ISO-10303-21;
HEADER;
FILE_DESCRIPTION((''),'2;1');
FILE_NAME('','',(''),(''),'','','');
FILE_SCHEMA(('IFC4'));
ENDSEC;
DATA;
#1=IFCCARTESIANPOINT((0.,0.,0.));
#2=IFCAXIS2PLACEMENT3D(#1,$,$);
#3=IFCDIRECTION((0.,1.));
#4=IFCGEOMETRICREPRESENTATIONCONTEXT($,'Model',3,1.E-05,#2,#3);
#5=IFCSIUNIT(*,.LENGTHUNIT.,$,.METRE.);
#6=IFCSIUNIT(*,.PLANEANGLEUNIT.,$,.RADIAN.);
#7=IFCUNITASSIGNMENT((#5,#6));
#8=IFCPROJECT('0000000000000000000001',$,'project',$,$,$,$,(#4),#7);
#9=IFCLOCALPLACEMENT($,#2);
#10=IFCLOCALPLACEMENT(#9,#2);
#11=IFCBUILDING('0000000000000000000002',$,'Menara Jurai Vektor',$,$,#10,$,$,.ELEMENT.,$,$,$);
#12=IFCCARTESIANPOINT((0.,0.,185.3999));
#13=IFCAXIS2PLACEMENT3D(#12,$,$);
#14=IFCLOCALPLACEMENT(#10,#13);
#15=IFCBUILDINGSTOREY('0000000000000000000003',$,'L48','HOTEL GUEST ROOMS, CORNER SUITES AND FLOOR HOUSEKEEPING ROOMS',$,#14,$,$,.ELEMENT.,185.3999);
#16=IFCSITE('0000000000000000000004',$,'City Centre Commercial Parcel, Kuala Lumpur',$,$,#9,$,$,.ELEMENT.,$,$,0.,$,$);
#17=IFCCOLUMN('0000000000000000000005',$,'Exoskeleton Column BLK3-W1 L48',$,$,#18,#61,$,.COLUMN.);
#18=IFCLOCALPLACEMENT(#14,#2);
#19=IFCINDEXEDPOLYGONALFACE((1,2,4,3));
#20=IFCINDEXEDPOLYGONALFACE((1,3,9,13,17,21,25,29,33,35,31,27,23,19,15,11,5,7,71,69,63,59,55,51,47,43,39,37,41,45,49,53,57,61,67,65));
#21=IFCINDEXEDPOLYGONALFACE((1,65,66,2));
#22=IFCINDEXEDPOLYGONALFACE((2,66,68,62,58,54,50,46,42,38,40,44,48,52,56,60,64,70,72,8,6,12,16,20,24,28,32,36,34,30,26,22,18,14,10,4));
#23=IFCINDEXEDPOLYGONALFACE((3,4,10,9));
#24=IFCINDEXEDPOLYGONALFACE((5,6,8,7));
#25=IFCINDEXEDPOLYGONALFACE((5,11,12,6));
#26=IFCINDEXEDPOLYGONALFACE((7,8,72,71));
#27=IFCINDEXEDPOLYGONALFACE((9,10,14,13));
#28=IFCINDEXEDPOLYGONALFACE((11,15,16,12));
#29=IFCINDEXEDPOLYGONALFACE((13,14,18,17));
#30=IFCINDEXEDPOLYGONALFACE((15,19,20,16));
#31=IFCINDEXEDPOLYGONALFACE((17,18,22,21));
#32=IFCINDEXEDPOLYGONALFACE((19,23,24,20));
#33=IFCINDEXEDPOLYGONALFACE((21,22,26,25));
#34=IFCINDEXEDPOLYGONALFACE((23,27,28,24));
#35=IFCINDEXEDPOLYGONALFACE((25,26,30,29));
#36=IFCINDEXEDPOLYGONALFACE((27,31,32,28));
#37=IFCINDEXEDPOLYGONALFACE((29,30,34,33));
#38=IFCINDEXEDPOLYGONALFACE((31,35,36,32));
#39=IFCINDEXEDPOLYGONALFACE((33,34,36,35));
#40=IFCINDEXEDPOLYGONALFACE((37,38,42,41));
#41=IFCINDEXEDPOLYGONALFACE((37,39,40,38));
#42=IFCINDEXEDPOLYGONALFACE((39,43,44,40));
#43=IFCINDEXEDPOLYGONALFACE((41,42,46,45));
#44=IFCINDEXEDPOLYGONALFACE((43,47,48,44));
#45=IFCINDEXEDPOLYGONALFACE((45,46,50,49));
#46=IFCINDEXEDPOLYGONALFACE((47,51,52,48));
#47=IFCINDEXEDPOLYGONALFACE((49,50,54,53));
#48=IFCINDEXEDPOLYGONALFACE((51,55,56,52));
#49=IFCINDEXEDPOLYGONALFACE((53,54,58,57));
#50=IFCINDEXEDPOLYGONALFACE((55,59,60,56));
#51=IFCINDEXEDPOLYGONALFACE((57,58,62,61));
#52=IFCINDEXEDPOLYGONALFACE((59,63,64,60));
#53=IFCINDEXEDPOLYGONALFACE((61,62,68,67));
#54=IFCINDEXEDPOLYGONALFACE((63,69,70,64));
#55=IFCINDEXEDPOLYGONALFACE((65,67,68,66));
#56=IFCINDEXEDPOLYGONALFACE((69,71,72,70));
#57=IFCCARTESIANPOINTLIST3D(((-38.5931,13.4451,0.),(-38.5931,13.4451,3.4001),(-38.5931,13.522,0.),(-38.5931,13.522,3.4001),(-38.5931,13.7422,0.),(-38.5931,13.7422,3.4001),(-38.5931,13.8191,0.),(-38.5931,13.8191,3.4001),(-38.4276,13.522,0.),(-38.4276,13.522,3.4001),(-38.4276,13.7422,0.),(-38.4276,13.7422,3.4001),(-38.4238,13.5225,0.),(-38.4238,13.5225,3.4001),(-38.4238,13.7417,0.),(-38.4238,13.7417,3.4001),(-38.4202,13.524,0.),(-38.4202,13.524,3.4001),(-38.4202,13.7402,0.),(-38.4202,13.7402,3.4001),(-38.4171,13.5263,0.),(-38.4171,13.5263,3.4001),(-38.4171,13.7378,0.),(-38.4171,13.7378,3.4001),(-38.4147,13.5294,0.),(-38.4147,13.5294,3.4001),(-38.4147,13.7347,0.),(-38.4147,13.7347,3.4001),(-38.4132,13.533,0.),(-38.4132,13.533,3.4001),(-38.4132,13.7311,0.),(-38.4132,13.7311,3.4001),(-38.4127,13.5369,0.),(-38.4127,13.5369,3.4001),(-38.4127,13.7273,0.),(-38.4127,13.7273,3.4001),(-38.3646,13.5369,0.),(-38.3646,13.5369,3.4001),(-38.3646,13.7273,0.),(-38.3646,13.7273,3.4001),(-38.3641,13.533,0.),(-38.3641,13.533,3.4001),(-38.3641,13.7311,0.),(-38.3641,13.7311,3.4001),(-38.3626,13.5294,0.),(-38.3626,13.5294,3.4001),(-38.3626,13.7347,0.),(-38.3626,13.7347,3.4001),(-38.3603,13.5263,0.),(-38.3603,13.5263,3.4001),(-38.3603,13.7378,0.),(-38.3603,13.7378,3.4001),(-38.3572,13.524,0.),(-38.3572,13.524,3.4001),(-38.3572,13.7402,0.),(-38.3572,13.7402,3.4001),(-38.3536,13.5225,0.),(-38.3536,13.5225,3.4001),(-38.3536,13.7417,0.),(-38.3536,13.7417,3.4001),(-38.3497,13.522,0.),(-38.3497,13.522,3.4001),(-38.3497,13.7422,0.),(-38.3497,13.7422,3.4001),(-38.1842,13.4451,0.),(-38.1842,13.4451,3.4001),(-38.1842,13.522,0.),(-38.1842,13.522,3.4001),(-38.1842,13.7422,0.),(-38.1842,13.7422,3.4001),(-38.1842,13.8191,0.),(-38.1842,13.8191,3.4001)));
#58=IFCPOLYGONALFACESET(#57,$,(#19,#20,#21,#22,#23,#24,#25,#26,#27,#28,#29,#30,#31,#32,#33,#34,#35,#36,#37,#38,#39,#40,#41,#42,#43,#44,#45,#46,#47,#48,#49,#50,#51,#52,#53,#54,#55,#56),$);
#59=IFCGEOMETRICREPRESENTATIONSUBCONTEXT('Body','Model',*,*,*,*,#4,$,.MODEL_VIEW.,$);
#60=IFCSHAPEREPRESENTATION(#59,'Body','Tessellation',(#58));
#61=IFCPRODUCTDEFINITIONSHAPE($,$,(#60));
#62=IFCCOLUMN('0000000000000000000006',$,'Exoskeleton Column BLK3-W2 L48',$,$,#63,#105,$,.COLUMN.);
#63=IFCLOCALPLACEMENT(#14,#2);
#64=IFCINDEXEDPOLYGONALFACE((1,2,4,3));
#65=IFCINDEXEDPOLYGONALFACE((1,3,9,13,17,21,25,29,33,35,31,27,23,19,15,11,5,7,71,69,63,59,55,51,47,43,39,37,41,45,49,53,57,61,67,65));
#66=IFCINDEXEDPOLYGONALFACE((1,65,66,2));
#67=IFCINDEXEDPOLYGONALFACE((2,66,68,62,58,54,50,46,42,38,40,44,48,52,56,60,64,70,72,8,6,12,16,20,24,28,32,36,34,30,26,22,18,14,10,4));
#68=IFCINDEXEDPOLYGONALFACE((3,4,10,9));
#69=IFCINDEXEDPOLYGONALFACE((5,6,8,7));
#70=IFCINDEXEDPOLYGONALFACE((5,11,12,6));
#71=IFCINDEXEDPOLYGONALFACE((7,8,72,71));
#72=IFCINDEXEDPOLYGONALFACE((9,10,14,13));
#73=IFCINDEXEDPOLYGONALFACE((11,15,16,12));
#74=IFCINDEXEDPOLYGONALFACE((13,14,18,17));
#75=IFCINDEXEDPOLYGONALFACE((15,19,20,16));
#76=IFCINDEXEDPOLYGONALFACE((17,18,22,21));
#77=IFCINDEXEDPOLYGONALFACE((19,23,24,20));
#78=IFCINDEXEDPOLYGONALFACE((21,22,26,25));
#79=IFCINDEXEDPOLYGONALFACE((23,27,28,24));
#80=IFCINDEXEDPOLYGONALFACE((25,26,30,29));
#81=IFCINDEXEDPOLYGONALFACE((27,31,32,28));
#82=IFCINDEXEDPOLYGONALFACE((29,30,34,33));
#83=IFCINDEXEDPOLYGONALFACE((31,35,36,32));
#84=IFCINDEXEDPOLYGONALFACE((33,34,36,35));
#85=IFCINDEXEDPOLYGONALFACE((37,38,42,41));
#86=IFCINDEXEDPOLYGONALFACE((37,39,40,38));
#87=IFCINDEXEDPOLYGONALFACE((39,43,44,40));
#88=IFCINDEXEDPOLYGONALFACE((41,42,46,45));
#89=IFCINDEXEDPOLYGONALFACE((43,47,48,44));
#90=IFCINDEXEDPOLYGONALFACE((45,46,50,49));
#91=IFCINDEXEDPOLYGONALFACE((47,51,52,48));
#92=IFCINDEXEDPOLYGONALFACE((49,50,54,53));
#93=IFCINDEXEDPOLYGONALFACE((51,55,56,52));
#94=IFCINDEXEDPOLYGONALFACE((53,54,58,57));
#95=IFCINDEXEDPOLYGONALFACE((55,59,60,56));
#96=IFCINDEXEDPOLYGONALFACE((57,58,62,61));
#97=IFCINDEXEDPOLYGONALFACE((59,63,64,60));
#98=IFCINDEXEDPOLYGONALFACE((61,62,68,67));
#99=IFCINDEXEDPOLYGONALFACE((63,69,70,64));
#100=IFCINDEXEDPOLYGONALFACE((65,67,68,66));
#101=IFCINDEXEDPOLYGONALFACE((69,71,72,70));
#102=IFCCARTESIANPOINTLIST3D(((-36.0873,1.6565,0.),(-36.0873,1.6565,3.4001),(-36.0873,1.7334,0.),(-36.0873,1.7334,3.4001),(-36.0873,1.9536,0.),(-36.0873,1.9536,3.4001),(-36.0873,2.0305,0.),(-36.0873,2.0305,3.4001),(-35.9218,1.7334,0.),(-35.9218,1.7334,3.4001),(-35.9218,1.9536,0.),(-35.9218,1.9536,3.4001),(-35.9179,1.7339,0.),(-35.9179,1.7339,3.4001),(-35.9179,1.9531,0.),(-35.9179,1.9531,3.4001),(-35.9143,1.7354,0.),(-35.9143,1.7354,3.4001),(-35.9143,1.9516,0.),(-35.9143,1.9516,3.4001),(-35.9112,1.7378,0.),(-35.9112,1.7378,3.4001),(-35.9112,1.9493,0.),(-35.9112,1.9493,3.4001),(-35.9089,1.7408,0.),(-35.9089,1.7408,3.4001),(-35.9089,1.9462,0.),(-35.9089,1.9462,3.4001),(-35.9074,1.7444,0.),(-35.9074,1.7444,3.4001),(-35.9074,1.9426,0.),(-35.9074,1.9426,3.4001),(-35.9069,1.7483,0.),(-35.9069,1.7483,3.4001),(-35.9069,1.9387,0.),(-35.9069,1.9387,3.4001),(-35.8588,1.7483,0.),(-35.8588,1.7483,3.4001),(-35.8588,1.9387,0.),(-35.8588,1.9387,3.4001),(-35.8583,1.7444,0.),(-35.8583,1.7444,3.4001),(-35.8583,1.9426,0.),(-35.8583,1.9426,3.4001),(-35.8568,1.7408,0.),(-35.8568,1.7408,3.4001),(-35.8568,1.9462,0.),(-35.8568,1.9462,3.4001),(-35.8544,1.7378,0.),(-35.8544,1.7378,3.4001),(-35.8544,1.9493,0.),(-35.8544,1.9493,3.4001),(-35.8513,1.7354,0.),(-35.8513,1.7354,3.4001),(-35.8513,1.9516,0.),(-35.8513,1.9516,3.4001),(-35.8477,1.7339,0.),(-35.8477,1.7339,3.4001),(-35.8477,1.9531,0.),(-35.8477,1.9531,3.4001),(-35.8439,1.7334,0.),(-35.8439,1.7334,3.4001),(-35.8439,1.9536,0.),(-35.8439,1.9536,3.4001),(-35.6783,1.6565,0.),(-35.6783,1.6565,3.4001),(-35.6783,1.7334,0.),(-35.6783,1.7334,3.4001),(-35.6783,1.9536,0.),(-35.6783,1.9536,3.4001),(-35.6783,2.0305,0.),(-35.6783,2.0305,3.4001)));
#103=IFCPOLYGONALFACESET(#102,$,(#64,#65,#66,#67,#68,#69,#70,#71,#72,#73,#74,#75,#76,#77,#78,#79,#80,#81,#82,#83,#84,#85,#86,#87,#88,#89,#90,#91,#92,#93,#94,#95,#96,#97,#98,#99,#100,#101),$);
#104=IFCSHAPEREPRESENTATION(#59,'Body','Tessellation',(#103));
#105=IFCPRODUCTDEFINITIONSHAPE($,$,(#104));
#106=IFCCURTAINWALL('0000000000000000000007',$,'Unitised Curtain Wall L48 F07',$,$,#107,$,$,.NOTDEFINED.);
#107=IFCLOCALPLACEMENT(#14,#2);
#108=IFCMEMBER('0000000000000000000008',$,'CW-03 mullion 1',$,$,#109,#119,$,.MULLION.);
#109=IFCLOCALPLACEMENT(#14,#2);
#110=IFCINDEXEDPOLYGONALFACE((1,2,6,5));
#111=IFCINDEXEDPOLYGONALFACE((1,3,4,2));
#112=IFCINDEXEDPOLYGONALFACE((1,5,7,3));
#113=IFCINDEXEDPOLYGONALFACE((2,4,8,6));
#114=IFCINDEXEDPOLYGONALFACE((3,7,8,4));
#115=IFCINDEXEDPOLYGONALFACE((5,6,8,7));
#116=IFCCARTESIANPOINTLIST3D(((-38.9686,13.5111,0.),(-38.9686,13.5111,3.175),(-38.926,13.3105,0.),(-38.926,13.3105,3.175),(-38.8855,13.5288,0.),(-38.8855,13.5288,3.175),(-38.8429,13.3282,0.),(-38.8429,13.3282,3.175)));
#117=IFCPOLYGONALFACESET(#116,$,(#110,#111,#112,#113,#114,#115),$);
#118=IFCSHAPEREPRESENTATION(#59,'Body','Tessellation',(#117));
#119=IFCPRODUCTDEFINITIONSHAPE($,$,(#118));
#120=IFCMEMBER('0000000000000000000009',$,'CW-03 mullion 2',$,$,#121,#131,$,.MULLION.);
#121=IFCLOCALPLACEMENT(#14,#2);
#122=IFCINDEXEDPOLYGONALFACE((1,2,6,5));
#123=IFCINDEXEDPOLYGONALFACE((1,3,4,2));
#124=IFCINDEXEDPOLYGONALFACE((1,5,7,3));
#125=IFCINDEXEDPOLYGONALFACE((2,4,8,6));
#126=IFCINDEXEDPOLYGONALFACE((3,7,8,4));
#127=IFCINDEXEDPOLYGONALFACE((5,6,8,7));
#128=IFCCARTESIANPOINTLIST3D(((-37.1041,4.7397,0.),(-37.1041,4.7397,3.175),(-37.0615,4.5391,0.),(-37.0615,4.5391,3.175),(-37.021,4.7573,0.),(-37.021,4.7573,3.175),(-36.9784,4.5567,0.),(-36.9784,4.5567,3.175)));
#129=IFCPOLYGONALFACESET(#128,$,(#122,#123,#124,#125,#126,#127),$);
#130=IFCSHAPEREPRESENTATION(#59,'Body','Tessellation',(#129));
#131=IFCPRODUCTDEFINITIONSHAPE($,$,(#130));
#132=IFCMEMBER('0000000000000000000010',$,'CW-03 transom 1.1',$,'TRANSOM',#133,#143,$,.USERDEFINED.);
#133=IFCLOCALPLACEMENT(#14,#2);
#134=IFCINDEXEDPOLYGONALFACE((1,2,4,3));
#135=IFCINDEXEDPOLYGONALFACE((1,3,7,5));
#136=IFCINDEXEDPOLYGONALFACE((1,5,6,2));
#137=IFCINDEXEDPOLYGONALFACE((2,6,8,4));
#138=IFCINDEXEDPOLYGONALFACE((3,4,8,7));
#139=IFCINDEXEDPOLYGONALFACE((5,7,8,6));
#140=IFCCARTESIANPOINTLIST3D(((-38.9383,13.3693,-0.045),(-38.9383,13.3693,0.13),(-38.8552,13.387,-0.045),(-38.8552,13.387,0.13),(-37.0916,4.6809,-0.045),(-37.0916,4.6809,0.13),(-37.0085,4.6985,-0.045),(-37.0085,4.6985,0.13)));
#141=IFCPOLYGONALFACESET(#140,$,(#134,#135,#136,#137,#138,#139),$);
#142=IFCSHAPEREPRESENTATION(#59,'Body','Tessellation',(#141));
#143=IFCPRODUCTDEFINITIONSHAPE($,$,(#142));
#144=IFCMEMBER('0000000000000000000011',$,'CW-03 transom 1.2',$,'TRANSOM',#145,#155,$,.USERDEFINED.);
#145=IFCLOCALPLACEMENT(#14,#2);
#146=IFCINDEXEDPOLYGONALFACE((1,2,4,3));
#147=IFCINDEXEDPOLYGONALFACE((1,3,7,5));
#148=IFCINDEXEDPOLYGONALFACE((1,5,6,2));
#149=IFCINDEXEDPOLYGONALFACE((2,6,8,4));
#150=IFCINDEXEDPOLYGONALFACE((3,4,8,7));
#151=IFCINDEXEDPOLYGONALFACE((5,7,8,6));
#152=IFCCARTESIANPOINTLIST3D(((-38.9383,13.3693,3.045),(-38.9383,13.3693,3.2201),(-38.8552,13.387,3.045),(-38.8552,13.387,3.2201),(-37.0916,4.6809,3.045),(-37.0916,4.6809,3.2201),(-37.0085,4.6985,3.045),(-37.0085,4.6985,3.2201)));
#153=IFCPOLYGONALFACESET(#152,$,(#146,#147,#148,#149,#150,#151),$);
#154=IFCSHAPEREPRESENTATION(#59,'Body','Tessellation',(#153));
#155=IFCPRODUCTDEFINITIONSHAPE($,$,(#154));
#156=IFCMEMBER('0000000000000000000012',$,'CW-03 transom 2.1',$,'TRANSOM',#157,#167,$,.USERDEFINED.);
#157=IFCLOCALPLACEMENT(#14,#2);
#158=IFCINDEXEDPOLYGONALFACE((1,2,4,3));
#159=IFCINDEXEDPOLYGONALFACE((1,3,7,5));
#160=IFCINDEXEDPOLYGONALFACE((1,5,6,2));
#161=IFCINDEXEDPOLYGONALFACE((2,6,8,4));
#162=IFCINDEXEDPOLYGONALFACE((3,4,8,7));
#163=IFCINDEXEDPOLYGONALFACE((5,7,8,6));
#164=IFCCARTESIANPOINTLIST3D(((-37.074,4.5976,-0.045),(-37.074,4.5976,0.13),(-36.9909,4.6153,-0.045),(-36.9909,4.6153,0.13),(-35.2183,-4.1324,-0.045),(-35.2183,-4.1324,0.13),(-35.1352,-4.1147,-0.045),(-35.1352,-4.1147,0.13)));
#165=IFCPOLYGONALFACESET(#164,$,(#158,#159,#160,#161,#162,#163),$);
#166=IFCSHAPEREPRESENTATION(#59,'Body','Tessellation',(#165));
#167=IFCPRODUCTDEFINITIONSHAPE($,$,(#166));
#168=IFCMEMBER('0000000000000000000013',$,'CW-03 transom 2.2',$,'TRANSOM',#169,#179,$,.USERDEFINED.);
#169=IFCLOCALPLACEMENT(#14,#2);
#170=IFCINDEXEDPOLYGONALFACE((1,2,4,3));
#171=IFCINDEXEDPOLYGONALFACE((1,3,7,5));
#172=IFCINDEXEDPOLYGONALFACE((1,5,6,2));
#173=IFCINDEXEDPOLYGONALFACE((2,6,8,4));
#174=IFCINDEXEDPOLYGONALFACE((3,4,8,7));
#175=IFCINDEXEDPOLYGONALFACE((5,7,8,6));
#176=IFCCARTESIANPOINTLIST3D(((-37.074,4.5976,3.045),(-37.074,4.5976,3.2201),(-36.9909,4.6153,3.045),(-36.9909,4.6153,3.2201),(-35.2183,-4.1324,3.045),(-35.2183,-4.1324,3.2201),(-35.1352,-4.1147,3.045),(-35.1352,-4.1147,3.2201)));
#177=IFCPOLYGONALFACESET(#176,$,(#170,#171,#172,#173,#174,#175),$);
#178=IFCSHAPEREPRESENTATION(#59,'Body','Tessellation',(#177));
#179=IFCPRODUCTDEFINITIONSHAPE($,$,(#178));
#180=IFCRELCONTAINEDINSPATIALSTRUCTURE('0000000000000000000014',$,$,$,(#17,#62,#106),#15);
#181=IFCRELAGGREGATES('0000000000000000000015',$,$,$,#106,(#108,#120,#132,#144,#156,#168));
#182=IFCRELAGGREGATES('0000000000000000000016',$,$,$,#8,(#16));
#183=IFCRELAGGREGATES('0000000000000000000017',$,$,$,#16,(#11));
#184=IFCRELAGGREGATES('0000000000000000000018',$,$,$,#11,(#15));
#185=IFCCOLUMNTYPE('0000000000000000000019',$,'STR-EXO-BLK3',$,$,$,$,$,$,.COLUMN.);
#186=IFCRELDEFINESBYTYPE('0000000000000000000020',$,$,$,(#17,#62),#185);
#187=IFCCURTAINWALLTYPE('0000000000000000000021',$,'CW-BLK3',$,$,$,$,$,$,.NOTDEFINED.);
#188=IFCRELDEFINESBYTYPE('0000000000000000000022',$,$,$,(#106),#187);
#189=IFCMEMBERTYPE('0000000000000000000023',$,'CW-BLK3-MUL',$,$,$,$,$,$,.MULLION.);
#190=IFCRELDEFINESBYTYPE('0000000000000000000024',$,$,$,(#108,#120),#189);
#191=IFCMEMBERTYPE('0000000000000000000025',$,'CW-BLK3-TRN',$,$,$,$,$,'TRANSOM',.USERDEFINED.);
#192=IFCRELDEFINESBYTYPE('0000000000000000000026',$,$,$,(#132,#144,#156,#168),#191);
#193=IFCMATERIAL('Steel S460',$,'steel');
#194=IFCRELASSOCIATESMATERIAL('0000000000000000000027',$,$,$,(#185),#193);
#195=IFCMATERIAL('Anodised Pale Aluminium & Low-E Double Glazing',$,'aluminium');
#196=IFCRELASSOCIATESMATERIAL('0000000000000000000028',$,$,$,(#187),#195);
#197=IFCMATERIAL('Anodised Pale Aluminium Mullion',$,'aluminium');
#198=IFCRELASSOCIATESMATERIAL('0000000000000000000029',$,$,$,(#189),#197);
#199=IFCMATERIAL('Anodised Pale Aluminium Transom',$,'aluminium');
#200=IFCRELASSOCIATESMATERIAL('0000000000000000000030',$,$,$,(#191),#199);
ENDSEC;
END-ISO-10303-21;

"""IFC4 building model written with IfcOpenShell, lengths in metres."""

from ifc_helpers import new_model, si_unit, direction, frame, origin, origin_2d, place, context, subcontext, project, spatial, rectangle, i_section, extrude, material, material_profile, profile_set, type_object, element, aggregate, save


model = new_model("IFC4")

# Units and contexts
model_context = context("Model", 3, precision=1e-05, world=origin(), true_north=direction((0.0, 1.0)))
body_context = subcontext(model_context, "Body", "Model", "MODEL_VIEW")
ifc_project = project(units=[si_unit("LENGTHUNIT", "METRE"), si_unit("PLANEANGLEUNIT", "RADIAN")], contexts=[model_context])

# Site, building, storey
site_placement = place(None, origin())
site = spatial("IfcSite", under=ifc_project, at=site_placement, Name="City Centre Commercial Parcel, Kuala Lumpur", CompositionType="ELEMENT", RefElevation=0.0)
building_placement = place(site_placement, origin())
building = spatial("IfcBuilding", under=site, at=building_placement, Name="Menara Jurai Vektor", CompositionType="ELEMENT")
storey_placement = place(building_placement, frame((0.0, 0.0, 185.3999)))
storey = spatial("IfcBuildingStorey", under=building, at=storey_placement, Name="L48", Description="HOTEL GUEST ROOMS, CORNER SUITES AND FLOOR HOUSEKEEPING ROOMS", CompositionType="ELEMENT", Elevation=185.3999)

# Columns
ifc_material_1 = material(Name="Steel S460", Category="steel")
ifc_material_profile_1 = material_profile(ifc_material_1, i_section(OverallWidth=0.4089, OverallDepth=0.374, WebThickness=0.0481, FlangeThickness=0.0769, FilletRadius=0.0149, at=origin_2d()), Name="HD 400x634")
ifc_profile_set_1 = profile_set([ifc_material_profile_1], Name="Steel S460")
column_type = type_object("IfcColumnType", Name="STR-EXO-BLK3", PredefinedType="COLUMN", material=ifc_profile_set_1)
for number, where, z_axis, x_axis, name in (
    (1, (-38.3887, 13.6321, 0.0), (0.0, 0.0, 1.0), (1.0, 0.0, 0.0), "Exoskeleton Column BLK3-W1 L48"),
    (2, (-35.8828, 1.8435, 0.0), (0.0, 0.0, 1.0), (1.0, 0.0, 0.0), "Exoskeleton Column BLK3-W2 L48"),
):
    element("IfcColumn", number, at=place(storey_placement, frame(where, z_axis=z_axis, x_axis=x_axis)), inside=storey, type_object=column_type, Name=name, PredefinedType="COLUMN", context=body_context, shape_type="SweptSolid", body=[
        extrude(i_section(OverallWidth=0.4089, OverallDepth=0.374, WebThickness=0.0481, FlangeThickness=0.0769, FilletRadius=0.0149, at=origin_2d()), origin(), (0.0, 0.0, 1.0), 3.4001),
    ])

# Curtain wall, members
ifc_material_2 = material(Name="Anodised Pale Aluminium & Low-E Double Glazing", Category="aluminium")
curtain_wall_type = type_object("IfcCurtainWallType", Name="CW-BLK3", PredefinedType="NOTDEFINED", material=ifc_material_2)
curtain_wall_placement = place(storey_placement, origin())
curtain_wall = element("IfcCurtainWall", 3, at=curtain_wall_placement, inside=storey, type_object=curtain_wall_type, Name="Unitised Curtain Wall L48 F07", PredefinedType="NOTDEFINED")
ifc_material_3 = material(Name="Anodised Pale Aluminium Mullion", Category="aluminium")
ifc_material_profile_2 = material_profile(ifc_material_3, rectangle(XDim=0.085, YDim=0.2051, at=origin_2d()), Name="ALU MUL 85x205")
ifc_profile_set_2 = profile_set([ifc_material_profile_2], Name="Anodised Pale Aluminium Mullion")
member_type_1 = type_object("IfcMemberType", Name="CW-BLK3-MUL", PredefinedType="MULLION", material=ifc_profile_set_2)
member_1_placement = place(storey_placement, frame((-38.9058, 13.4197, 0.0), z_axis=(0.0, 0.0, 1.0), x_axis=(0.978148, 0.20791, 0.0)))
member_1 = element("IfcMember", 4, at=member_1_placement, type_object=member_type_1, Name="CW-03 mullion 1", PredefinedType="MULLION", context=body_context, shape_type="SweptSolid", body=[
    extrude(rectangle(XDim=0.085, YDim=0.2051, at=origin_2d()), origin(), (0.0, 0.0, 1.0), 3.175),
])
member_2_placement = place(storey_placement, frame((-37.0413, 4.6482, 0.0), z_axis=(0.0, 0.0, 1.0), x_axis=(0.978148, 0.20791, 0.0)))
member_2 = element("IfcMember", 5, at=member_2_placement, type_object=member_type_1, Name="CW-03 mullion 2", PredefinedType="MULLION", context=body_context, shape_type="SweptSolid", body=[
    extrude(rectangle(XDim=0.085, YDim=0.2051, at=origin_2d()), origin(), (0.0, 0.0, 1.0), 3.175),
])
ifc_material_4 = material(Name="Anodised Pale Aluminium Transom", Category="aluminium")
ifc_material_profile_3 = material_profile(ifc_material_4, rectangle(XDim=0.085, YDim=0.175, at=origin_2d()), Name="ALU TRN 85x175")
ifc_profile_set_3 = profile_set([ifc_material_profile_3], Name="Anodised Pale Aluminium Transom")
member_type_2 = type_object("IfcMemberType", Name="CW-BLK3-TRN", ElementType="TRANSOM", PredefinedType="USERDEFINED", material=ifc_profile_set_3)
member_3_placement = place(storey_placement, frame((-38.8967, 13.3782, 0.0425), z_axis=(0.2079, -0.97815, 0.0), x_axis=(0.97815, 0.2079, 0.0)))
member_3 = element("IfcMember", 6, at=member_3_placement, type_object=member_type_2, Name="CW-03 transom 1.1", ObjectType="TRANSOM", PredefinedType="USERDEFINED", context=body_context, shape_type="SweptSolid", body=[
    extrude(rectangle(XDim=0.085, YDim=0.175, at=origin_2d()), origin(), (0.0, 0.0, 1.0), 8.8826),
])
member_4_placement = place(storey_placement, frame((-38.8967, 13.3782, 3.1326), z_axis=(0.2079, -0.97815, 0.0), x_axis=(0.97815, 0.2079, 0.0)))
member_4 = element("IfcMember", 7, at=member_4_placement, type_object=member_type_2, Name="CW-03 transom 1.2", ObjectType="TRANSOM", PredefinedType="USERDEFINED", context=body_context, shape_type="SweptSolid", body=[
    extrude(rectangle(XDim=0.085, YDim=0.175, at=origin_2d()), origin(), (0.0, 0.0, 1.0), 8.8826),
])
member_5_placement = place(storey_placement, frame((-37.0325, 4.6064, 0.0425), z_axis=(0.207922, -0.978145, 0.0), x_axis=(0.978145, 0.207922, 0.0)))
member_5 = element("IfcMember", 8, at=member_5_placement, type_object=member_type_2, Name="CW-03 transom 2.1", ObjectType="TRANSOM", PredefinedType="USERDEFINED", context=body_context, shape_type="SweptSolid", body=[
    extrude(rectangle(XDim=0.085, YDim=0.175, at=origin_2d()), origin(), (0.0, 0.0, 1.0), 8.925),
])
member_6_placement = place(storey_placement, frame((-37.0325, 4.6064, 3.1326), z_axis=(0.207922, -0.978145, 0.0), x_axis=(0.978145, 0.207922, 0.0)))
member_6 = element("IfcMember", 9, at=member_6_placement, type_object=member_type_2, Name="CW-03 transom 2.2", ObjectType="TRANSOM", PredefinedType="USERDEFINED", context=body_context, shape_type="SweptSolid", body=[
    extrude(rectangle(XDim=0.085, YDim=0.175, at=origin_2d()), origin(), (0.0, 0.0, 1.0), 8.925),
])

aggregate(curtain_wall, [member_1, member_2, member_3, member_4, member_5, member_6])

save(model, "model.ifc")
